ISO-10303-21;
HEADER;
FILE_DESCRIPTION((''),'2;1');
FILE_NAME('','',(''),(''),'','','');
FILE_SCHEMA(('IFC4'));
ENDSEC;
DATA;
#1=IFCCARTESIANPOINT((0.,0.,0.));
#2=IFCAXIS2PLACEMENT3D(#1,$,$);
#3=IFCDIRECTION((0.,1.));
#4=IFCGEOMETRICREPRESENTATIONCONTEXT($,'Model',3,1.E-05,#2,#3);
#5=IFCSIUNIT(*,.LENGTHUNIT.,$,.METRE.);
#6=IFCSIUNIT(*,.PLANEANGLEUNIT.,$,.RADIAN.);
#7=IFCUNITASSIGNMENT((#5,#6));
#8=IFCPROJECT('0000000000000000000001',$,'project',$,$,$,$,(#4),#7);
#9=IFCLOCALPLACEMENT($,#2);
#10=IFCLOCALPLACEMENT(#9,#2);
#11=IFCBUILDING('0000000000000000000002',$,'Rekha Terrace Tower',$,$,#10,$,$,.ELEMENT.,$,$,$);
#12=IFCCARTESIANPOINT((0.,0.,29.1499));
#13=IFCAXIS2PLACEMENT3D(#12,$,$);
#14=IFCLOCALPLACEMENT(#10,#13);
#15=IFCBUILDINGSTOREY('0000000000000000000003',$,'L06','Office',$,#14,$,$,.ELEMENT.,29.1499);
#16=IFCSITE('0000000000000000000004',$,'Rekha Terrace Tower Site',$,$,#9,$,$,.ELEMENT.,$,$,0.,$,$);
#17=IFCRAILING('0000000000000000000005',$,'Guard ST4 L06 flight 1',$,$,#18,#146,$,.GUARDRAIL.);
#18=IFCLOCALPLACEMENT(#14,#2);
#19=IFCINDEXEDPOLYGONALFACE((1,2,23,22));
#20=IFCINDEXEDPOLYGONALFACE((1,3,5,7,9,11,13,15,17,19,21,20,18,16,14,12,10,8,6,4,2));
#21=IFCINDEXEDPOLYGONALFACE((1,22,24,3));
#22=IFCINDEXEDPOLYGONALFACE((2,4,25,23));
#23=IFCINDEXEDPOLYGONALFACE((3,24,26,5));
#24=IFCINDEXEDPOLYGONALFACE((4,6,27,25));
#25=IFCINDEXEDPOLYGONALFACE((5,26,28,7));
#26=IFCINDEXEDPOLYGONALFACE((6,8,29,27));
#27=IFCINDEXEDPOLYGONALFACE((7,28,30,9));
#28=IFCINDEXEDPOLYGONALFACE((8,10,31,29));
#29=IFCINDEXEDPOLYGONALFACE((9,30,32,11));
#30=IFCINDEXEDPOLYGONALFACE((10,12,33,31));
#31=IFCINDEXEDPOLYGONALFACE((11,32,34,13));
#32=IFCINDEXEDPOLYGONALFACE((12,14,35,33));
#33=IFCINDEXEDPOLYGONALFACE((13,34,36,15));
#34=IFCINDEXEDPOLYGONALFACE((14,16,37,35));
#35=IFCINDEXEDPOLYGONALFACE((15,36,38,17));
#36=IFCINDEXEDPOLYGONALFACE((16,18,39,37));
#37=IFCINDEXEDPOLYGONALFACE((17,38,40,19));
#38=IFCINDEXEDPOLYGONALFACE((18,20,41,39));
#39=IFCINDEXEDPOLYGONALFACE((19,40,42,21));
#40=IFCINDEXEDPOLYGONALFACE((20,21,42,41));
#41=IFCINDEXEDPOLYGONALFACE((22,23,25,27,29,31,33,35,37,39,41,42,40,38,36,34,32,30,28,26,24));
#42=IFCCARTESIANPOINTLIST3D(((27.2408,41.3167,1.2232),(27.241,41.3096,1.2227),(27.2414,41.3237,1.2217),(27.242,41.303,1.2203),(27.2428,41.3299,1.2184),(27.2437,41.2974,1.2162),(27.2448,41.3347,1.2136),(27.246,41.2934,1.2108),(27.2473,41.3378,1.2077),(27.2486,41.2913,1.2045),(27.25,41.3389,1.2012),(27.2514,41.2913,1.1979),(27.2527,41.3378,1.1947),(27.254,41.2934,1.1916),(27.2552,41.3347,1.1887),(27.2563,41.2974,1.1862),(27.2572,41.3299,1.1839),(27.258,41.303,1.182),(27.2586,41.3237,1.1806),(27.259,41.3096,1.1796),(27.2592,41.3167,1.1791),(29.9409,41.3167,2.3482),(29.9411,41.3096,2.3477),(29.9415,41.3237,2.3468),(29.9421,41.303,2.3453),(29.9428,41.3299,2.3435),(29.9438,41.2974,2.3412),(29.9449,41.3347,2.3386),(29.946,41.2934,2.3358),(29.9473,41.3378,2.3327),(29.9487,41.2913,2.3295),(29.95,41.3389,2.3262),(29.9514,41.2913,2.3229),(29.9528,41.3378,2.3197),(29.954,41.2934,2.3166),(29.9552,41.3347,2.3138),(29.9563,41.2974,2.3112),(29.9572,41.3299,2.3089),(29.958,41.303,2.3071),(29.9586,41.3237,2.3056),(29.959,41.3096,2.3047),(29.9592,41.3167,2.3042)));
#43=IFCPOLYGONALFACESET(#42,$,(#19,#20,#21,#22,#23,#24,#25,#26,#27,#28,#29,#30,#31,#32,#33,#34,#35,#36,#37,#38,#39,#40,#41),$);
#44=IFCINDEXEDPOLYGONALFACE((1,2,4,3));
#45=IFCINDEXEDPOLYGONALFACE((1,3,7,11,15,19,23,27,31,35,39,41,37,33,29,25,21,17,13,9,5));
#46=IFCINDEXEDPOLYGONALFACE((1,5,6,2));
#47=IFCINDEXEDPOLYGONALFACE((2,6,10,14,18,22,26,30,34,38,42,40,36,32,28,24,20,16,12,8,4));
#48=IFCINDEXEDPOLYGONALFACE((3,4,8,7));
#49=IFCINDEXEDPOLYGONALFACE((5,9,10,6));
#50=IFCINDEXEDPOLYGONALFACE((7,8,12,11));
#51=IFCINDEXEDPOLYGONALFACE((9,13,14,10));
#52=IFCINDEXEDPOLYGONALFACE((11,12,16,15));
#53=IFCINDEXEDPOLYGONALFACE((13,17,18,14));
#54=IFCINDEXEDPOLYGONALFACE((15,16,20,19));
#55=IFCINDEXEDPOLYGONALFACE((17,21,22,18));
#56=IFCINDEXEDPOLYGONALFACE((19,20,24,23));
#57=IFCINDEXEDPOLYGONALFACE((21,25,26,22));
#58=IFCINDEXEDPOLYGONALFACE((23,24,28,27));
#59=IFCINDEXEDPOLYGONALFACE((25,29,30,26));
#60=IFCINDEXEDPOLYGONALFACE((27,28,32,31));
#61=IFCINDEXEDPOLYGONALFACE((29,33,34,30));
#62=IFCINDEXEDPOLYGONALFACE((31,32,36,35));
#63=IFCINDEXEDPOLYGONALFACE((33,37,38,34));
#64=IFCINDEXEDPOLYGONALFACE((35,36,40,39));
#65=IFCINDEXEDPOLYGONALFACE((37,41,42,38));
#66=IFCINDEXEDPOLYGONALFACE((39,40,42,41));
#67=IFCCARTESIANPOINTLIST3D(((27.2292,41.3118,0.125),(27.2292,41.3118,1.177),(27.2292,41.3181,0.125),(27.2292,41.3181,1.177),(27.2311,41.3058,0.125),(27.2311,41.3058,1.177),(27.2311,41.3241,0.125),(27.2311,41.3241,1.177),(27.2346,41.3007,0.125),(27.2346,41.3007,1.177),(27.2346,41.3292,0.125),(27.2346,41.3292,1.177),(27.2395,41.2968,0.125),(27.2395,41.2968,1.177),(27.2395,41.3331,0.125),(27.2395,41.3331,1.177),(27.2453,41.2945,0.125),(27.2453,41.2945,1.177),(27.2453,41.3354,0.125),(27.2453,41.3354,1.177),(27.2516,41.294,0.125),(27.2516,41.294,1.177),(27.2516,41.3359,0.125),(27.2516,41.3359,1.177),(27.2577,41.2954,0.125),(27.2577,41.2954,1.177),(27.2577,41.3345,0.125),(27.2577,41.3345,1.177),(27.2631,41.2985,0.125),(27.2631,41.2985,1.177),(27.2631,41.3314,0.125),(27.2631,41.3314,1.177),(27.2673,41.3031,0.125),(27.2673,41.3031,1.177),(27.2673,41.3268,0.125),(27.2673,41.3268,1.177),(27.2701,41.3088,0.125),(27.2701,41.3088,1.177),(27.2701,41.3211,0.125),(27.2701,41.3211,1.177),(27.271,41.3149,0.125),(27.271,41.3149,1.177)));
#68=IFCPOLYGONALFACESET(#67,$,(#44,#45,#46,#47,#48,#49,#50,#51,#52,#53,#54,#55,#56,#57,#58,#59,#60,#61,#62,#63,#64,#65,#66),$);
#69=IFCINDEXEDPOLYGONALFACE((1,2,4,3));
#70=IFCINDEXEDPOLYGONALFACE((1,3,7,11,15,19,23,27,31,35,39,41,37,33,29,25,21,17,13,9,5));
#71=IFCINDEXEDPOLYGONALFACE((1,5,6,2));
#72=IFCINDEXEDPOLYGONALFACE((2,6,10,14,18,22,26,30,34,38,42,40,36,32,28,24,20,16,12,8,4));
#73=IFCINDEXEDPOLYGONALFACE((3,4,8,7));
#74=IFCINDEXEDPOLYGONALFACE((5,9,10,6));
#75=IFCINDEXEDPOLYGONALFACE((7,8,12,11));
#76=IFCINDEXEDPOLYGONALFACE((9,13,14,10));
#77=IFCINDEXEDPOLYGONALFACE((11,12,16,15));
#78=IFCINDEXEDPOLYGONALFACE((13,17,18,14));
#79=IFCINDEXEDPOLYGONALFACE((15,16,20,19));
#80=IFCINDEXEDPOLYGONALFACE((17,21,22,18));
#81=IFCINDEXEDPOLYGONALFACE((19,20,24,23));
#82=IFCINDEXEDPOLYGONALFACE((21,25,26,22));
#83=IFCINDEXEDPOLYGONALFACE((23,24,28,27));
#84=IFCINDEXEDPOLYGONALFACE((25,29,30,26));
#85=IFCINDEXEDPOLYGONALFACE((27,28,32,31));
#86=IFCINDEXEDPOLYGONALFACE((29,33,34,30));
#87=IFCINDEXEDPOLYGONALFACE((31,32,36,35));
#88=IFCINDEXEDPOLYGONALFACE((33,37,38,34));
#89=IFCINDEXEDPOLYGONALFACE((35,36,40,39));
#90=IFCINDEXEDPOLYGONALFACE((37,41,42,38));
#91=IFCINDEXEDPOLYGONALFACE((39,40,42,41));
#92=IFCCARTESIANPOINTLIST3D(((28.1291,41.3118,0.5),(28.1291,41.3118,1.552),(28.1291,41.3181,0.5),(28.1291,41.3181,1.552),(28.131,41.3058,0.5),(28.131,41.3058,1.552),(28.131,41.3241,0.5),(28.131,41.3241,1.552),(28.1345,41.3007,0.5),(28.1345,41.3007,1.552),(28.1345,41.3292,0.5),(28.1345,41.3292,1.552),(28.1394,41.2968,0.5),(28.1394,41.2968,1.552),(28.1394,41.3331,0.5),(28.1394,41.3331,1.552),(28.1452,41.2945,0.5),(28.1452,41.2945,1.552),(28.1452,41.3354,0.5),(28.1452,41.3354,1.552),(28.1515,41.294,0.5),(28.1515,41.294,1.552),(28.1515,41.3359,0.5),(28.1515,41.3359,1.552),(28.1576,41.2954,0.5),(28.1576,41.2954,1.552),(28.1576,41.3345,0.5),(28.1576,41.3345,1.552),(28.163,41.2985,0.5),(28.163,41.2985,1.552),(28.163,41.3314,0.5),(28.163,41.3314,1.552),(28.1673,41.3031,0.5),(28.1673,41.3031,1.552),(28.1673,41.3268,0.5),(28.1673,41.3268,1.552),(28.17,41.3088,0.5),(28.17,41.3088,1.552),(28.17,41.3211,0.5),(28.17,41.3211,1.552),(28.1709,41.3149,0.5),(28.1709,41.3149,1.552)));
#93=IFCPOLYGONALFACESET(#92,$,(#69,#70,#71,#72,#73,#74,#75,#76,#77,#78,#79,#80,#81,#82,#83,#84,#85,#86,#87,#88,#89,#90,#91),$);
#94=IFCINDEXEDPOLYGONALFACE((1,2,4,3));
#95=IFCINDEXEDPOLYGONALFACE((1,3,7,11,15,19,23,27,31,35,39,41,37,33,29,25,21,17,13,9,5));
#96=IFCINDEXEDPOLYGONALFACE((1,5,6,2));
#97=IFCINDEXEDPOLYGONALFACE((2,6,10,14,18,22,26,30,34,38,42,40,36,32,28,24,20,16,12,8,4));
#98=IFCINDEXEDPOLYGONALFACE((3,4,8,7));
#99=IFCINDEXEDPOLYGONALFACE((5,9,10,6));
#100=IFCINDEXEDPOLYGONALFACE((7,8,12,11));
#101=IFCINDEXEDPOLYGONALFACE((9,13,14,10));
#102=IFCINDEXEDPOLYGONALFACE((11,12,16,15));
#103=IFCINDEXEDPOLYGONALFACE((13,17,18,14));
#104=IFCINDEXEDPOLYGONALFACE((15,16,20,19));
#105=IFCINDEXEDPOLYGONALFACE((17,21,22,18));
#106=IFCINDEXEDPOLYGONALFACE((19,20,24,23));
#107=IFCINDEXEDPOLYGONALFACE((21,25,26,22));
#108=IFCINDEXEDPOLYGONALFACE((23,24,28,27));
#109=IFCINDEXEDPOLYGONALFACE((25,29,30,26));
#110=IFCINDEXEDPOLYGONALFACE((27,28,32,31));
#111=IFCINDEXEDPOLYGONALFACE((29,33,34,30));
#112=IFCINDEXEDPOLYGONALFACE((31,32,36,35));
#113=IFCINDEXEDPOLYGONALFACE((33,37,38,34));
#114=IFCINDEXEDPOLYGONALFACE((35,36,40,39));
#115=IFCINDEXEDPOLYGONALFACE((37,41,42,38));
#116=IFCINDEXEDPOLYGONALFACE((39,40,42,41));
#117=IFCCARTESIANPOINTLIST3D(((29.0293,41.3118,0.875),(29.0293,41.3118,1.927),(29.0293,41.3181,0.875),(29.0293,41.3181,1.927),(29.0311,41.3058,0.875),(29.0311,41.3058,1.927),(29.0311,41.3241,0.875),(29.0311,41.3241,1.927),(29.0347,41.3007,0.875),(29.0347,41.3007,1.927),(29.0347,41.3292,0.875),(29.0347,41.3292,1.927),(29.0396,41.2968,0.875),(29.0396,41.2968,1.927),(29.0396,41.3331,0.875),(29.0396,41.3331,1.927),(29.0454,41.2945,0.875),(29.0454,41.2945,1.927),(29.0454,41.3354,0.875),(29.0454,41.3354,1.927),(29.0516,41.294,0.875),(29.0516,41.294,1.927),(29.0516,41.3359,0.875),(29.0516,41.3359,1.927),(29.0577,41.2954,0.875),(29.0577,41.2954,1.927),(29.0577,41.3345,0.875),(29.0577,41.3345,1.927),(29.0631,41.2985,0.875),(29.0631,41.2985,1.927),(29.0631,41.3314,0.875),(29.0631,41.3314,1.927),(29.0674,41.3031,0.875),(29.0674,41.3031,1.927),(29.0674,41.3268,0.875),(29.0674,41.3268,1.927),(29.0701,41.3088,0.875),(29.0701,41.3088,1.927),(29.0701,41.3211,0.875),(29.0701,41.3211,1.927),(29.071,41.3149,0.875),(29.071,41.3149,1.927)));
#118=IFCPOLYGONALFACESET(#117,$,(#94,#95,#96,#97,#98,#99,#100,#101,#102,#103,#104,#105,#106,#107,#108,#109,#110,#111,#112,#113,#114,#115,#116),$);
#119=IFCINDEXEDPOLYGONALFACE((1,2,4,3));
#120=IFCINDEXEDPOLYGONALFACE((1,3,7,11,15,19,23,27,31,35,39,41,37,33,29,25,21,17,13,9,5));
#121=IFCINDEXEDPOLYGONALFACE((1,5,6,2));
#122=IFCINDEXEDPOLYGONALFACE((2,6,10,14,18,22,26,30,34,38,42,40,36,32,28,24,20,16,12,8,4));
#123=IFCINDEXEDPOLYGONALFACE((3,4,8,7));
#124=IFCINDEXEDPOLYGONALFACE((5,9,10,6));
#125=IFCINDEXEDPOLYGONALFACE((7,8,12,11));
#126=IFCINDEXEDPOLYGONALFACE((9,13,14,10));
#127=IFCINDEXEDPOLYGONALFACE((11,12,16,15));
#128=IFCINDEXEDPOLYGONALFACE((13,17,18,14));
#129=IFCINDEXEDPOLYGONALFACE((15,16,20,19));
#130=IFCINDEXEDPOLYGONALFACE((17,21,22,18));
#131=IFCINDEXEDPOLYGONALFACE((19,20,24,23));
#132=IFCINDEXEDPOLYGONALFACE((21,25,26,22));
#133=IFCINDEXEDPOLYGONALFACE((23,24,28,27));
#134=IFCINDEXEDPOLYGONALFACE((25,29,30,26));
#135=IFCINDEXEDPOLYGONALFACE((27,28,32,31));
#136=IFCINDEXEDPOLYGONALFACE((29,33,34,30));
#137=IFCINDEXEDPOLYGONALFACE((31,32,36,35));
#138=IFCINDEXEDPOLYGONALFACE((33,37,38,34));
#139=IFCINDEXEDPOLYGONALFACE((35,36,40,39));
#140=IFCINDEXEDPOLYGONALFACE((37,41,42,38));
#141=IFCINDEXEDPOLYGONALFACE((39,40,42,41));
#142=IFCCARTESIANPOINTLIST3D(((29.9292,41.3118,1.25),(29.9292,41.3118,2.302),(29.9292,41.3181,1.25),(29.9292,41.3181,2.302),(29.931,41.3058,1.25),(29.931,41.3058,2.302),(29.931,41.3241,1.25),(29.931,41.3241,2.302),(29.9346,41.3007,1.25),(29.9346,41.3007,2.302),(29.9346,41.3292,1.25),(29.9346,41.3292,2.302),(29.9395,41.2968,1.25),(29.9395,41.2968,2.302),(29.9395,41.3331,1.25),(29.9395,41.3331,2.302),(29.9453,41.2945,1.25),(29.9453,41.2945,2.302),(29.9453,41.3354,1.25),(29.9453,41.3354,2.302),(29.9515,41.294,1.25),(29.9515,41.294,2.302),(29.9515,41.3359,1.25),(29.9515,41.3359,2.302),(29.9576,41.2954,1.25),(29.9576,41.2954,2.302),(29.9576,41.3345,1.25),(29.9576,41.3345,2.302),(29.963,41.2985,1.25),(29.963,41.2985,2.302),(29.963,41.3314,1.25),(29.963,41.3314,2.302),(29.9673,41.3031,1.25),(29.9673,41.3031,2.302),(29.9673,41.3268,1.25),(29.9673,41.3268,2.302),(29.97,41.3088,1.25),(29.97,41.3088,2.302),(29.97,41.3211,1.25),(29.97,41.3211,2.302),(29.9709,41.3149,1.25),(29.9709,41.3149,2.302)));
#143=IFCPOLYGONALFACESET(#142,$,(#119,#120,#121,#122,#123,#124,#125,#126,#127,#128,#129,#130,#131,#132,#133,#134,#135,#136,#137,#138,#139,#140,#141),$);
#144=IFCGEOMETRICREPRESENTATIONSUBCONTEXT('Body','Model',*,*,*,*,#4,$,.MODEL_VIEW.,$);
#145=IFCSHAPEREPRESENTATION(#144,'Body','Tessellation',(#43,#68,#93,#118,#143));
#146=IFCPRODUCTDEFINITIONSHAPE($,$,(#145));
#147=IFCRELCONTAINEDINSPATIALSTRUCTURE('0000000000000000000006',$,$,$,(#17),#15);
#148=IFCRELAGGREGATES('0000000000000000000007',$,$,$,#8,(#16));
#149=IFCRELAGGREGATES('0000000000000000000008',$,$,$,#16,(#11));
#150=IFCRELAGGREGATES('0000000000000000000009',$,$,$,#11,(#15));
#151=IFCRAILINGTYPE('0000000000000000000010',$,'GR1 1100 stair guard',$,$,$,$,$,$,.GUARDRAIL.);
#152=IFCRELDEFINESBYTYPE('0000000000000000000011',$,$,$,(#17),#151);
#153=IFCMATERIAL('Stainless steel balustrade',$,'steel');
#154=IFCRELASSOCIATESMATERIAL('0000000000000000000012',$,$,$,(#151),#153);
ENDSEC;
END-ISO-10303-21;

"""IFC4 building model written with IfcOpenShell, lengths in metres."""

from ifc_helpers import new_model, si_unit, direction, frame, origin, origin_2d, place, context, subcontext, project, spatial, circle, extrude, material, type_object, element, save


model = new_model("IFC4")

# Units and contexts
model_context = context("Model", 3, precision=1e-05, world=origin(), true_north=direction((0.0, 1.0)))
body_context = subcontext(model_context, "Body", "Model", "MODEL_VIEW")
ifc_project = project(units=[si_unit("LENGTHUNIT", "METRE"), si_unit("PLANEANGLEUNIT", "RADIAN")], contexts=[model_context])

# Site, building, storey
site_placement = place(None, origin())
site = spatial("IfcSite", under=ifc_project, at=site_placement, Name="Rekha Terrace Tower Site", CompositionType="ELEMENT", RefElevation=0.0)
building_placement = place(site_placement, origin())
building = spatial("IfcBuilding", under=site, at=building_placement, Name="Rekha Terrace Tower", CompositionType="ELEMENT")
storey_placement = place(building_placement, frame((0.0, 0.0, 29.1499)))
storey = spatial("IfcBuildingStorey", under=building, at=storey_placement, Name="L06", Description="Office", CompositionType="ELEMENT", Elevation=29.1499)

# Railing
ifc_material_1 = material(Name="Stainless steel balustrade", Category="steel")
railing_type_1 = type_object("IfcRailingType", Name="GR1 1100 stair guard", PredefinedType="GUARDRAIL", material=ifc_material_1)
railing_1_placement = place(storey_placement, frame((27.25, 41.3149, 0.125)))
element("IfcRailing", 1, at=railing_1_placement, inside=storey, type_object=railing_type_1, Name="Guard ST4 L06 flight 1", PredefinedType="GUARDRAIL", context=body_context, shape_type="SweptSolid", body=[
    extrude(circle(Radius=0.0239, at=origin_2d()), frame((0.0, 0.0, 1.0762), z_axis=(0.923074, 0.0, 0.384621), x_axis=(0.0, 1.0, 0.0)), (0.0, 0.0, 1.0), 2.925),
    extrude(circle(Radius=0.021, at=origin_2d()), origin(), (0.0, 0.0, 1.0), 1.052),
    extrude(circle(Radius=0.021, at=origin_2d()), frame((0.8999, 0.0, 0.375)), (0.0, 0.0, 1.0), 1.052),
    extrude(circle(Radius=0.021, at=origin_2d()), frame((1.8, 0.0, 0.75)), (0.0, 0.0, 1.0), 1.052),
    extrude(circle(Radius=0.021, at=origin_2d()), frame((2.7, 0.0, 1.125)), (0.0, 0.0, 1.0), 1.052),
])

save(model, "model.ifc")
